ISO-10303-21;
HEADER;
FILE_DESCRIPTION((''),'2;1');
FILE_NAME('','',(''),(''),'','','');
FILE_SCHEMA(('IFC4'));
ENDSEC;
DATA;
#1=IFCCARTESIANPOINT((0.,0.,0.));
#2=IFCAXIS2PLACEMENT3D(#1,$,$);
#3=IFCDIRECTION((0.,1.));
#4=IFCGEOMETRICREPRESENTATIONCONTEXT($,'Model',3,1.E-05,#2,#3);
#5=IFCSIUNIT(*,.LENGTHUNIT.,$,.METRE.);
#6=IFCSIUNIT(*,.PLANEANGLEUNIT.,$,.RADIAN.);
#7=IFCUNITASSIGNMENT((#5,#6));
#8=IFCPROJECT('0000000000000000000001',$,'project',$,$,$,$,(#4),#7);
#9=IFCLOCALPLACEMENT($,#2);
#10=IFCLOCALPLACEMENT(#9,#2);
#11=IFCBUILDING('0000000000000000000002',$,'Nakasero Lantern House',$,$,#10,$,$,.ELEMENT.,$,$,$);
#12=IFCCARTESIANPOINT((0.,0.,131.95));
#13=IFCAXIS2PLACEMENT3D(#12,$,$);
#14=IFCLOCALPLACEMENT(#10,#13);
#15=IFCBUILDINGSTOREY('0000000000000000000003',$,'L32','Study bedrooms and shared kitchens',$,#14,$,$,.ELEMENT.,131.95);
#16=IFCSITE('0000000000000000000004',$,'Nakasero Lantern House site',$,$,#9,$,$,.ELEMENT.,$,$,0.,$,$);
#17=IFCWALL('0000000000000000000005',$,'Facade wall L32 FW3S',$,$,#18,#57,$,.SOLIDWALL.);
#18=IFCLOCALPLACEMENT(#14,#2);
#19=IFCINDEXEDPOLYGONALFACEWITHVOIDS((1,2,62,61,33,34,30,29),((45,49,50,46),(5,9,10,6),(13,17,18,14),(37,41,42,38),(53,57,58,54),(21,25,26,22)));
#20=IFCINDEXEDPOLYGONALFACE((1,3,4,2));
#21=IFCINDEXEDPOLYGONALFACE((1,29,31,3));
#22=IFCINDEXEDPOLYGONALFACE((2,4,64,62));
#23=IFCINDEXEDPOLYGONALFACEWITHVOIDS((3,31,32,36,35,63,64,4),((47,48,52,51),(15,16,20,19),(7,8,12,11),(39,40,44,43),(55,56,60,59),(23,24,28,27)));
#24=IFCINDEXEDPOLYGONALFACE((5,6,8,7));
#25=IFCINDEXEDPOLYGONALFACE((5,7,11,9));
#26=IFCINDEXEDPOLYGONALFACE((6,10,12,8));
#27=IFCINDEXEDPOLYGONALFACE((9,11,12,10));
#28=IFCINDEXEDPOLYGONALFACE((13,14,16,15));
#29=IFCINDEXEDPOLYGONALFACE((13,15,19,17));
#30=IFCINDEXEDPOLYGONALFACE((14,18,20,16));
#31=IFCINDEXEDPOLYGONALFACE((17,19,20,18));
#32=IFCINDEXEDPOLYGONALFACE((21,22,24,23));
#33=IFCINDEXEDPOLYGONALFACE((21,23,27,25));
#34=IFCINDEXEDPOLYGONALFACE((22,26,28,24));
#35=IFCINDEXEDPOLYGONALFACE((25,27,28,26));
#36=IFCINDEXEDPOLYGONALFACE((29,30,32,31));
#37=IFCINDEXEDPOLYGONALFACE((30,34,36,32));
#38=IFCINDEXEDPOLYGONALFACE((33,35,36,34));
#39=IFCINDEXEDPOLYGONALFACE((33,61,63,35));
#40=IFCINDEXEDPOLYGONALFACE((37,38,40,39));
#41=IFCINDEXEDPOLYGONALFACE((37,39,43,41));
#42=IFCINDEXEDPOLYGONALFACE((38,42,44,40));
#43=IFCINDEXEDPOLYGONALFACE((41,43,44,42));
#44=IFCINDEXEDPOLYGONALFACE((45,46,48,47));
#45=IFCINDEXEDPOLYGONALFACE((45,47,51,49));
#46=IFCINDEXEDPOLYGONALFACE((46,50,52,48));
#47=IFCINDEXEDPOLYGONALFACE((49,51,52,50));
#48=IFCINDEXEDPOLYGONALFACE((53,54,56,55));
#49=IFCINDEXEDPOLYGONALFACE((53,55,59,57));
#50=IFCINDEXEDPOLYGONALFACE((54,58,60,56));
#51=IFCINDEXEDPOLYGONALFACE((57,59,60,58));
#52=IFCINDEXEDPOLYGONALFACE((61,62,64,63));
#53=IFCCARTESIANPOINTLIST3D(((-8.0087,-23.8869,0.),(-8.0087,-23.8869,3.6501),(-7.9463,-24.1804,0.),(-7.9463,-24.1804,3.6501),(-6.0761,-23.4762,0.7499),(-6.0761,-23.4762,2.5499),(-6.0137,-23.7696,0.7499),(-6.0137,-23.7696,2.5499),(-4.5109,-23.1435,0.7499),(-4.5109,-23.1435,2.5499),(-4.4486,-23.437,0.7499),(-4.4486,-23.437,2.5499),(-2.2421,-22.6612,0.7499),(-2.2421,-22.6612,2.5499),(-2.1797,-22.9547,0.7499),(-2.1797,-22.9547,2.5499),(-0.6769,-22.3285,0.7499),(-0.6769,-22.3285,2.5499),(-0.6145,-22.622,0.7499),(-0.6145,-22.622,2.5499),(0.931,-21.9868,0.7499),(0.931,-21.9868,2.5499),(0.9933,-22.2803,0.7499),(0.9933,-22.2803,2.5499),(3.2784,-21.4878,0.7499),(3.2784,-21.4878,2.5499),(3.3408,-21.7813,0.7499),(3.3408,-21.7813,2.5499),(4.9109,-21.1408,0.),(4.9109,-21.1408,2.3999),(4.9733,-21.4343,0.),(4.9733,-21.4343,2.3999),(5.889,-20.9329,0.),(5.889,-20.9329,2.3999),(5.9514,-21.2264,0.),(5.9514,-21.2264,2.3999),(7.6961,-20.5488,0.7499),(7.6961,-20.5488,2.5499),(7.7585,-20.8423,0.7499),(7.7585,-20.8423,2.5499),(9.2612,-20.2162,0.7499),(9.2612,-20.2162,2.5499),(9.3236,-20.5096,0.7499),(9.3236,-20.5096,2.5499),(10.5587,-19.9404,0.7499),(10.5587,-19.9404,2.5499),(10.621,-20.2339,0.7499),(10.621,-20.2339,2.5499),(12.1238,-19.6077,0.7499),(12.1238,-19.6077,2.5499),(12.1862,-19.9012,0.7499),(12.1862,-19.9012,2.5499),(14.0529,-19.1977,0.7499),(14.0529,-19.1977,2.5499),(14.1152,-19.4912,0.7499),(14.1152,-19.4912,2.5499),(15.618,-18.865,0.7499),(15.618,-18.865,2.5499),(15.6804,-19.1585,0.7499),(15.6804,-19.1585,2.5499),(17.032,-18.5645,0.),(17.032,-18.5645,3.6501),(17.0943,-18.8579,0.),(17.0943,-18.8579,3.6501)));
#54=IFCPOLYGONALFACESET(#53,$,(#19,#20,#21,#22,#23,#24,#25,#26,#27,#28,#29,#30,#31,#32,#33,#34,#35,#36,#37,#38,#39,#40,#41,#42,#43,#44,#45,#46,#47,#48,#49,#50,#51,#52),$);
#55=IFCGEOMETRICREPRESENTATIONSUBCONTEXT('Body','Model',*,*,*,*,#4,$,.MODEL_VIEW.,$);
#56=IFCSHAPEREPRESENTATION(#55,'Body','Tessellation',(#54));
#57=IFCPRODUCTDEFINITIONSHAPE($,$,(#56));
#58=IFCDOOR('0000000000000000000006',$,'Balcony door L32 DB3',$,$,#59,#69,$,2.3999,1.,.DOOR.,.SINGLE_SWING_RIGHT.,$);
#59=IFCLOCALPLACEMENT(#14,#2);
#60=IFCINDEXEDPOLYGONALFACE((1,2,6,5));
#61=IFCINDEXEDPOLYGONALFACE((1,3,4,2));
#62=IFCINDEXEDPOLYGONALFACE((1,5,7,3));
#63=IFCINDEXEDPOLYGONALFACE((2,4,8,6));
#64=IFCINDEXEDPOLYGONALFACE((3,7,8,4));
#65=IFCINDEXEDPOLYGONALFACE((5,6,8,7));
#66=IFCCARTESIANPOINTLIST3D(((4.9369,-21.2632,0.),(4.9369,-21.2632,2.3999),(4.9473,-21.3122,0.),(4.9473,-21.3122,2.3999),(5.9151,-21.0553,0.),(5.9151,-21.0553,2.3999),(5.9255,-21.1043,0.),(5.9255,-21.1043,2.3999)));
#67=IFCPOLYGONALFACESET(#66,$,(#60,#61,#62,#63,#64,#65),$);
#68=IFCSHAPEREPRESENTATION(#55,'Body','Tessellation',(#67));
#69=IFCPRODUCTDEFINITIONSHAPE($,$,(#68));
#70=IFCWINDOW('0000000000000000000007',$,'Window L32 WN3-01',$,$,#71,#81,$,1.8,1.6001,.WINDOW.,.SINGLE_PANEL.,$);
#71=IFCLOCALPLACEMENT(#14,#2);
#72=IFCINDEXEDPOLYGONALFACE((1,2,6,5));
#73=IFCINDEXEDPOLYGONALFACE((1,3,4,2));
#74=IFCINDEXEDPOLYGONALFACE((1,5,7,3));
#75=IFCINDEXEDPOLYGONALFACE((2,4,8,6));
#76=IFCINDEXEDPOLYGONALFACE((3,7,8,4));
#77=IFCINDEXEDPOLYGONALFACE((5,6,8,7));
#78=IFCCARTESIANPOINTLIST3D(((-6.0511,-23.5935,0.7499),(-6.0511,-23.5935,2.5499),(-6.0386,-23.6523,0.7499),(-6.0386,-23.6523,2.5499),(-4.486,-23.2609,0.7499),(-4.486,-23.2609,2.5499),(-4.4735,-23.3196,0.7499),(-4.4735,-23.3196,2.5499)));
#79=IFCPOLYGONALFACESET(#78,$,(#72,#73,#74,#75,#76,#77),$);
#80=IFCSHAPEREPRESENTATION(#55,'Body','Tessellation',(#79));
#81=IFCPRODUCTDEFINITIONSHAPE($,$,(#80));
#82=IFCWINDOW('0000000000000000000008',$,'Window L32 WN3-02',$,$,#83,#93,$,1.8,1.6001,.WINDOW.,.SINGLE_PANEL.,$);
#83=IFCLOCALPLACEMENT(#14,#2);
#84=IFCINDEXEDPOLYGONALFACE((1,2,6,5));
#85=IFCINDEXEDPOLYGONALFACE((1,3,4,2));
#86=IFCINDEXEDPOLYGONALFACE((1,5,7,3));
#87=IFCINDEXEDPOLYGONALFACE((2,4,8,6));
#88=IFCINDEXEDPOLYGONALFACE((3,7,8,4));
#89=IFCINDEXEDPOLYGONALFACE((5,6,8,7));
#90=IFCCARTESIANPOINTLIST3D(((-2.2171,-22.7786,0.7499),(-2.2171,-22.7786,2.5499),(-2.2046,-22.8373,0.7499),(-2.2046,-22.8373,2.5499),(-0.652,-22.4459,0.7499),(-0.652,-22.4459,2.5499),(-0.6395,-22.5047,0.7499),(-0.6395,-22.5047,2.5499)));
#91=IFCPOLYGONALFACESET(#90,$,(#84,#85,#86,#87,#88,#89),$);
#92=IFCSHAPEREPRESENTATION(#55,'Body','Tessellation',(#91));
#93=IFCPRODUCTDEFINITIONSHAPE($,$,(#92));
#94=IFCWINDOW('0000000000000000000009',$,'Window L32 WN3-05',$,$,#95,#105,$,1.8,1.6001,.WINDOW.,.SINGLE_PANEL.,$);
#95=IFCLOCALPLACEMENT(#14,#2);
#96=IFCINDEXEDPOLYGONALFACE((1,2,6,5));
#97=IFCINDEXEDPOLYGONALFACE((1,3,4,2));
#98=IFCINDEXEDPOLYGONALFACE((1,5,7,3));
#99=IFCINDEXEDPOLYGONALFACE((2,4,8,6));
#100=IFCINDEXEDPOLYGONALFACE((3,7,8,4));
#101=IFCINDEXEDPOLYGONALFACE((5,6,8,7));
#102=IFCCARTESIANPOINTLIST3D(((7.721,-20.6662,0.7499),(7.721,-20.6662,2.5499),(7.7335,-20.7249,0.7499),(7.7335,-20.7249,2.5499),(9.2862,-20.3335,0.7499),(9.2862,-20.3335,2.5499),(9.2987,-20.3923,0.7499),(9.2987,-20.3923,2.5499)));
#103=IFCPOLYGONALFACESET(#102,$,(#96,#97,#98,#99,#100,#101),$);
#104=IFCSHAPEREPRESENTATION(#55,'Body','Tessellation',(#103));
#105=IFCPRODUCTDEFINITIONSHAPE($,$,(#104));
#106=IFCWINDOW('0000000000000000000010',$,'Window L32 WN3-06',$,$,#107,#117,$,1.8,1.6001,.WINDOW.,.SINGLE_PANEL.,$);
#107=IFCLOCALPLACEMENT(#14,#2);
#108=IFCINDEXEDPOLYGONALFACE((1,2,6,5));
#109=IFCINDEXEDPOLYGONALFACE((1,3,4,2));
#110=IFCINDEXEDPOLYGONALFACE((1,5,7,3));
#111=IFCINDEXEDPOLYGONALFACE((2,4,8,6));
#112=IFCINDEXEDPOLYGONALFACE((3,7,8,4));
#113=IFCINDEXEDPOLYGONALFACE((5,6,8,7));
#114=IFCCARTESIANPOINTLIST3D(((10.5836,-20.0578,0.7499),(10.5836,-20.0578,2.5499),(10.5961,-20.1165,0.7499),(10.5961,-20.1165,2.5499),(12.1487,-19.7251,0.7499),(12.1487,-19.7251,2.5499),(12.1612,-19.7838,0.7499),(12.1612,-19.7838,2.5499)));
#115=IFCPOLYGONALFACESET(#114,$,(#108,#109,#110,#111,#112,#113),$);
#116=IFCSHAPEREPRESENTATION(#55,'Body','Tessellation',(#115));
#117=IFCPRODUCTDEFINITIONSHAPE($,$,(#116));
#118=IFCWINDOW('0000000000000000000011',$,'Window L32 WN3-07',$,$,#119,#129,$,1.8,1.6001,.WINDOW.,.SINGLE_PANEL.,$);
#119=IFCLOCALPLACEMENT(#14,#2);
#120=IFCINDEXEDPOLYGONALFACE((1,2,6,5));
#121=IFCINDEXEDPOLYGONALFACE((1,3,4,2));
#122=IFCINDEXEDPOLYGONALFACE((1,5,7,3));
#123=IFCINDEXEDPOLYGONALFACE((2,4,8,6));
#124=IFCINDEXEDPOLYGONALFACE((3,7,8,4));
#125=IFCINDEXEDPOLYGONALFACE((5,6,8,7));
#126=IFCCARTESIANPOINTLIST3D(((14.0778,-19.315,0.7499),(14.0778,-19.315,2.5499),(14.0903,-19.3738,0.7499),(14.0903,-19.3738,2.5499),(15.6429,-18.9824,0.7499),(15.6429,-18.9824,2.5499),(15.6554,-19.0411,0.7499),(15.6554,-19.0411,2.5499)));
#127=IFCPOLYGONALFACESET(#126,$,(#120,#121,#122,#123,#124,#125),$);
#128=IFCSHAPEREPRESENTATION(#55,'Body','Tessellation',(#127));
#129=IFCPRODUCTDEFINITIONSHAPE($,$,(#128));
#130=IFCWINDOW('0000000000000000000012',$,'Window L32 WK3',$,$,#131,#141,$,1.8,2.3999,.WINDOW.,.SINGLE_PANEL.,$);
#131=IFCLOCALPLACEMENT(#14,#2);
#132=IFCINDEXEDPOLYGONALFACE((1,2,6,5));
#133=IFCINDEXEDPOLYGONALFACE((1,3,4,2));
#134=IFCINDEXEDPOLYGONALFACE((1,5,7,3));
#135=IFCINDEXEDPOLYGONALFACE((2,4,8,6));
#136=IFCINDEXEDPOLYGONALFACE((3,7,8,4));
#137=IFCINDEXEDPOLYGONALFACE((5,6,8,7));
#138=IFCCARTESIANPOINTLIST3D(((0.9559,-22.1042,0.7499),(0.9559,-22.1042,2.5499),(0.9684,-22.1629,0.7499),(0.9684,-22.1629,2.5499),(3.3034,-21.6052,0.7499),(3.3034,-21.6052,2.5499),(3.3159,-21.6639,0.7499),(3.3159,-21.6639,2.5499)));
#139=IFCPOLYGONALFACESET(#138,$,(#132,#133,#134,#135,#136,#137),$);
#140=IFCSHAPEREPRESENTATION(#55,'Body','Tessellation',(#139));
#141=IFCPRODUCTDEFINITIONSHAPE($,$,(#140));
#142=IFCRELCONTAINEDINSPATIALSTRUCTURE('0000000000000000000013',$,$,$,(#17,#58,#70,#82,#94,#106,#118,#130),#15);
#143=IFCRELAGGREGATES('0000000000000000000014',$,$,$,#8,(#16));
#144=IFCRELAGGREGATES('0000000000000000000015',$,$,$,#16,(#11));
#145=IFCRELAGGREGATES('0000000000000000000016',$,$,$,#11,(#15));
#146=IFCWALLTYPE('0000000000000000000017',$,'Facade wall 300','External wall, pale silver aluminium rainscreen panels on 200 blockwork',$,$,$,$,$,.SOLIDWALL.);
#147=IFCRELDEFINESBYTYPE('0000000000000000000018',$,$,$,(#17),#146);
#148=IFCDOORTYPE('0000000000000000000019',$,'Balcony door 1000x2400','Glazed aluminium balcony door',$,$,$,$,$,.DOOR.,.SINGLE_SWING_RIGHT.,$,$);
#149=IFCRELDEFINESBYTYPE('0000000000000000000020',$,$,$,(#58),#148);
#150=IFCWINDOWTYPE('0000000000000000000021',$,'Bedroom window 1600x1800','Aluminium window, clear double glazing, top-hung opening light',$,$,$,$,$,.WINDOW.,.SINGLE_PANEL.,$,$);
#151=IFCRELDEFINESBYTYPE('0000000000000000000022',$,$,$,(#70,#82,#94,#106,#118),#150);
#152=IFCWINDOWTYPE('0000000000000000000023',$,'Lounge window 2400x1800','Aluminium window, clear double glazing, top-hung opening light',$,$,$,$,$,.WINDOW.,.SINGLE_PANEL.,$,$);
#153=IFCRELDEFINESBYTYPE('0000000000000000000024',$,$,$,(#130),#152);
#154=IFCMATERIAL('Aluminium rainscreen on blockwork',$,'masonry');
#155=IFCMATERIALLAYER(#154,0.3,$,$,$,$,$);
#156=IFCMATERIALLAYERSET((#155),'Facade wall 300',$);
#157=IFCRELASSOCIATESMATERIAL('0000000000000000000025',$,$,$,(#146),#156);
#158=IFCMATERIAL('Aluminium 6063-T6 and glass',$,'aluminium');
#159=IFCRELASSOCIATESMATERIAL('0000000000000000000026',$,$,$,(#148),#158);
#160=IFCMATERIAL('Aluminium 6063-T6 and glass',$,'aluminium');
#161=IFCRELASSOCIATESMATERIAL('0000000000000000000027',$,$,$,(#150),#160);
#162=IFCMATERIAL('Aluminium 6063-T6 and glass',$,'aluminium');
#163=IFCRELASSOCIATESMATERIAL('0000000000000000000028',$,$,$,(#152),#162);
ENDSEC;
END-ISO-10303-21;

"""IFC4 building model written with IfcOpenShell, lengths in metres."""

from ifc_helpers import new_model, si_unit, direction, frame, frame_2d, origin, place, context, subcontext, project, spatial, rectangle, extrude, material, layer, layer_set, type_object, element, fill, save


model = new_model("IFC4")

# Units and contexts
model_context = context("Model", 3, precision=1e-05, world=origin(), true_north=direction((0.0, 1.0)))
body_context = subcontext(model_context, "Body", "Model", "MODEL_VIEW")
ifc_project = project(units=[si_unit("LENGTHUNIT", "METRE"), si_unit("PLANEANGLEUNIT", "RADIAN")], contexts=[model_context])

# Site, building, storey
site_placement = place(None, origin())
site = spatial("IfcSite", under=ifc_project, at=site_placement, Name="Nakasero Lantern House site", CompositionType="ELEMENT", RefElevation=0.0)
building_placement = place(site_placement, origin())
building = spatial("IfcBuilding", under=site, at=building_placement, Name="Nakasero Lantern House", CompositionType="ELEMENT")
storey_placement = place(building_placement, frame((0.0, 0.0, 131.95)))
storey = spatial("IfcBuildingStorey", under=building, at=storey_placement, Name="L32", Description="Study bedrooms and shared kitchens", CompositionType="ELEMENT", Elevation=131.95)

# Wall, openings, door, windows
ifc_material_1 = material(Name="Aluminium rainscreen on blockwork", Category="masonry")
ifc_layer_1 = layer(ifc_material_1, 0.3)
ifc_layer_set_1 = layer_set([ifc_layer_1], Name="Facade wall 300")
wall_type_1 = type_object("IfcWallType", Name="Facade wall 300", Description="External wall, pale silver aluminium rainscreen panels on 200 blockwork", PredefinedType="SOLIDWALL", material=ifc_layer_set_1)
wall_1_placement = place(storey_placement, frame((-7.9775, -24.0337, 0.0), z_axis=(0.0, 0.0, 1.0), x_axis=(0.978148, 0.207909, 0.0)))
wall_1 = element("IfcWall", 1, at=wall_1_placement, inside=storey, type_object=wall_type_1, Name="Facade wall L32 FW3S", PredefinedType="SOLIDWALL", context=body_context, shape_type="SweptSolid", body=[
    extrude(rectangle(XDim=25.6001, YDim=0.3, at=frame_2d((12.8, 0.0))), origin(), (0.0, 0.0, 1.0), 3.6501),
])
opening_1_placement = place(wall_1_placement, frame((1.9758, 0.0, 0.75)))
opening_1 = element("IfcOpeningElement", 2, at=opening_1_placement, cuts=wall_1, PredefinedType="OPENING", context=body_context, shape_type="SweptSolid", body=[
    extrude(rectangle(XDim=1.6001, YDim=1.8, at=frame_2d((0.8, 0.8999))), frame((0.0, 0.1699, 0.0), z_axis=(0.0, -1.0, 0.0), x_axis=(1.0, 0.0, 0.0)), (0.0, 0.0, 1.0), 0.3401),
])
opening_2_placement = place(wall_1_placement, frame((5.8955, 0.0, 0.75)))
opening_2 = element("IfcOpeningElement", 3, at=opening_2_placement, cuts=wall_1, PredefinedType="OPENING", context=body_context, shape_type="SweptSolid", body=[
    extrude(rectangle(XDim=1.6001, YDim=1.8, at=frame_2d((0.8, 0.8999))), frame((0.0, 0.1699, 0.0), z_axis=(0.0, -1.0, 0.0), x_axis=(1.0, 0.0, 0.0)), (0.0, 0.0, 1.0), 0.3401),
])
opening_3_placement = place(wall_1_placement, frame((16.0557, 0.0, 0.75)))
opening_3 = element("IfcOpeningElement", 4, at=opening_3_placement, cuts=wall_1, PredefinedType="OPENING", context=body_context, shape_type="SweptSolid", body=[
    extrude(rectangle(XDim=1.6001, YDim=1.8, at=frame_2d((0.8, 0.8999))), frame((0.0, 0.1699, 0.0), z_axis=(0.0, -1.0, 0.0), x_axis=(1.0, 0.0, 0.0)), (0.0, 0.0, 1.0), 0.3401),
])
opening_4_placement = place(wall_1_placement, frame((18.9822, 0.0, 0.75)))
opening_4 = element("IfcOpeningElement", 5, at=opening_4_placement, cuts=wall_1, PredefinedType="OPENING", context=body_context, shape_type="SweptSolid", body=[
    extrude(rectangle(XDim=1.6001, YDim=1.8, at=frame_2d((0.8, 0.8999))), frame((0.0, 0.1699, 0.0), z_axis=(0.0, -1.0, 0.0), x_axis=(1.0, 0.0, 0.0)), (0.0, 0.0, 1.0), 0.3401),
])
opening_5_placement = place(wall_1_placement, frame((22.5544, 0.0, 0.75)))
opening_5 = element("IfcOpeningElement", 6, at=opening_5_placement, cuts=wall_1, PredefinedType="OPENING", context=body_context, shape_type="SweptSolid", body=[
    extrude(rectangle(XDim=1.6001, YDim=1.8, at=frame_2d((0.8, 0.8999))), frame((0.0, 0.1699, 0.0), z_axis=(0.0, -1.0, 0.0), x_axis=(1.0, 0.0, 0.0)), (0.0, 0.0, 1.0), 0.3401),
])
opening_6_placement = place(wall_1_placement, frame((9.1394, 0.0, 0.75)))
opening_6 = element("IfcOpeningElement", 7, at=opening_6_placement, cuts=wall_1, PredefinedType="OPENING", context=body_context, shape_type="SweptSolid", body=[
    extrude(rectangle(XDim=2.3999, YDim=1.8, at=frame_2d((1.2, 0.8999))), frame((0.0, 0.1699, 0.0), z_axis=(0.0, -1.0, 0.0), x_axis=(1.0, 0.0, 0.0)), (0.0, 0.0, 1.0), 0.3401),
])
opening_7_placement = place(wall_1_placement, frame((13.2083, 0.0, 0.0)))
opening_7 = element("IfcOpeningElement", 8, at=opening_7_placement, cuts=wall_1, PredefinedType="OPENING", context=body_context, shape_type="SweptSolid", body=[
    extrude(rectangle(XDim=1.0, YDim=2.3999, at=frame_2d((0.5, 1.2))), frame((0.0, 0.1699, 0.0), z_axis=(0.0, -1.0, 0.0), x_axis=(1.0, 0.0, 0.0)), (0.0, 0.0, 1.0), 0.3401),
])
ifc_material_2 = material(Name="Aluminium 6063-T6 and glass", Category="aluminium")
door_type_1 = type_object("IfcDoorType", Name="Balcony door 1000x2400", Description="Glazed aluminium balcony door", OperationType="SINGLE_SWING_RIGHT", PredefinedType="DOOR", material=ifc_material_2)
door_1_placement = place(opening_7_placement, origin())
door_1 = element("IfcDoor", 9, at=door_1_placement, inside=storey, type_object=door_type_1, Name="Balcony door L32 DB3", OperationType="SINGLE_SWING_RIGHT", OverallHeight=2.3999, OverallWidth=1.0, PredefinedType="DOOR", context=body_context, shape_type="SweptSolid", body=[
    extrude(rectangle(XDim=1.0, YDim=2.3999, at=frame_2d((0.5, 1.2))), frame((0.0, 0.0249, 0.0), z_axis=(0.0, -1.0, 0.0), x_axis=(1.0, 0.0, 0.0)), (0.0, 0.0, 1.0), 0.05),
])
fill(opening_7, door_1)
ifc_material_3 = material(Name="Aluminium 6063-T6 and glass", Category="aluminium")
window_type_1 = type_object("IfcWindowType", Name="Bedroom window 1600x1800", Description="Aluminium window, clear double glazing, top-hung opening light", PartitioningType="SINGLE_PANEL", PredefinedType="WINDOW", material=ifc_material_3)
window_1_placement = place(opening_1_placement, origin())
window_1 = element("IfcWindow", 10, at=window_1_placement, inside=storey, type_object=window_type_1, Name="Window L32 WN3-01", OverallHeight=1.8, OverallWidth=1.6001, PartitioningType="SINGLE_PANEL", PredefinedType="WINDOW", context=body_context, shape_type="SweptSolid", body=[
    extrude(rectangle(XDim=1.6001, YDim=1.8, at=frame_2d((0.8, 0.8999))), frame((0.0, 0.03, 0.0), z_axis=(0.0, -1.0, 0.0), x_axis=(1.0, 0.0, 0.0)), (0.0, 0.0, 1.0), 0.0601),
])
fill(opening_1, window_1)
window_2_placement = place(opening_2_placement, origin())
window_2 = element("IfcWindow", 11, at=window_2_placement, inside=storey, type_object=window_type_1, Name="Window L32 WN3-02", OverallHeight=1.8, OverallWidth=1.6001, PartitioningType="SINGLE_PANEL", PredefinedType="WINDOW", context=body_context, shape_type="SweptSolid", body=[
    extrude(rectangle(XDim=1.6001, YDim=1.8, at=frame_2d((0.8, 0.8999))), frame((0.0, 0.03, 0.0), z_axis=(0.0, -1.0, 0.0), x_axis=(1.0, 0.0, 0.0)), (0.0, 0.0, 1.0), 0.0601),
])
fill(opening_2, window_2)
window_3_placement = place(opening_3_placement, origin())
window_3 = element("IfcWindow", 12, at=window_3_placement, inside=storey, type_object=window_type_1, Name="Window L32 WN3-05", OverallHeight=1.8, OverallWidth=1.6001, PartitioningType="SINGLE_PANEL", PredefinedType="WINDOW", context=body_context, shape_type="SweptSolid", body=[
    extrude(rectangle(XDim=1.6001, YDim=1.8, at=frame_2d((0.8, 0.8999))), frame((0.0, 0.03, 0.0), z_axis=(0.0, -1.0, 0.0), x_axis=(1.0, 0.0, 0.0)), (0.0, 0.0, 1.0), 0.0601),
])
fill(opening_3, window_3)
window_4_placement = place(opening_4_placement, origin())
window_4 = element("IfcWindow", 13, at=window_4_placement, inside=storey, type_object=window_type_1, Name="Window L32 WN3-06", OverallHeight=1.8, OverallWidth=1.6001, PartitioningType="SINGLE_PANEL", PredefinedType="WINDOW", context=body_context, shape_type="SweptSolid", body=[
    extrude(rectangle(XDim=1.6001, YDim=1.8, at=frame_2d((0.8, 0.8999))), frame((0.0, 0.03, 0.0), z_axis=(0.0, -1.0, 0.0), x_axis=(1.0, 0.0, 0.0)), (0.0, 0.0, 1.0), 0.0601),
])
fill(opening_4, window_4)
window_5_placement = place(opening_5_placement, origin())
window_5 = element("IfcWindow", 14, at=window_5_placement, inside=storey, type_object=window_type_1, Name="Window L32 WN3-07", OverallHeight=1.8, OverallWidth=1.6001, PartitioningType="SINGLE_PANEL", PredefinedType="WINDOW", context=body_context, shape_type="SweptSolid", body=[
    extrude(rectangle(XDim=1.6001, YDim=1.8, at=frame_2d((0.8, 0.8999))), frame((0.0, 0.03, 0.0), z_axis=(0.0, -1.0, 0.0), x_axis=(1.0, 0.0, 0.0)), (0.0, 0.0, 1.0), 0.0601),
])
fill(opening_5, window_5)
ifc_material_4 = material(Name="Aluminium 6063-T6 and glass", Category="aluminium")
window_type_2 = type_object("IfcWindowType", Name="Lounge window 2400x1800", Description="Aluminium window, clear double glazing, top-hung opening light", PartitioningType="SINGLE_PANEL", PredefinedType="WINDOW", material=ifc_material_4)
window_6_placement = place(opening_6_placement, origin())
window_6 = element("IfcWindow", 15, at=window_6_placement, inside=storey, type_object=window_type_2, Name="Window L32 WK3", OverallHeight=1.8, OverallWidth=2.3999, PartitioningType="SINGLE_PANEL", PredefinedType="WINDOW", context=body_context, shape_type="SweptSolid", body=[
    extrude(rectangle(XDim=2.3999, YDim=1.8, at=frame_2d((1.2, 0.8999))), frame((0.0, 0.03, 0.0), z_axis=(0.0, -1.0, 0.0), x_axis=(1.0, 0.0, 0.0)), (0.0, 0.0, 1.0), 0.0601),
])
fill(opening_6, window_6)

save(model, "model.ifc")
